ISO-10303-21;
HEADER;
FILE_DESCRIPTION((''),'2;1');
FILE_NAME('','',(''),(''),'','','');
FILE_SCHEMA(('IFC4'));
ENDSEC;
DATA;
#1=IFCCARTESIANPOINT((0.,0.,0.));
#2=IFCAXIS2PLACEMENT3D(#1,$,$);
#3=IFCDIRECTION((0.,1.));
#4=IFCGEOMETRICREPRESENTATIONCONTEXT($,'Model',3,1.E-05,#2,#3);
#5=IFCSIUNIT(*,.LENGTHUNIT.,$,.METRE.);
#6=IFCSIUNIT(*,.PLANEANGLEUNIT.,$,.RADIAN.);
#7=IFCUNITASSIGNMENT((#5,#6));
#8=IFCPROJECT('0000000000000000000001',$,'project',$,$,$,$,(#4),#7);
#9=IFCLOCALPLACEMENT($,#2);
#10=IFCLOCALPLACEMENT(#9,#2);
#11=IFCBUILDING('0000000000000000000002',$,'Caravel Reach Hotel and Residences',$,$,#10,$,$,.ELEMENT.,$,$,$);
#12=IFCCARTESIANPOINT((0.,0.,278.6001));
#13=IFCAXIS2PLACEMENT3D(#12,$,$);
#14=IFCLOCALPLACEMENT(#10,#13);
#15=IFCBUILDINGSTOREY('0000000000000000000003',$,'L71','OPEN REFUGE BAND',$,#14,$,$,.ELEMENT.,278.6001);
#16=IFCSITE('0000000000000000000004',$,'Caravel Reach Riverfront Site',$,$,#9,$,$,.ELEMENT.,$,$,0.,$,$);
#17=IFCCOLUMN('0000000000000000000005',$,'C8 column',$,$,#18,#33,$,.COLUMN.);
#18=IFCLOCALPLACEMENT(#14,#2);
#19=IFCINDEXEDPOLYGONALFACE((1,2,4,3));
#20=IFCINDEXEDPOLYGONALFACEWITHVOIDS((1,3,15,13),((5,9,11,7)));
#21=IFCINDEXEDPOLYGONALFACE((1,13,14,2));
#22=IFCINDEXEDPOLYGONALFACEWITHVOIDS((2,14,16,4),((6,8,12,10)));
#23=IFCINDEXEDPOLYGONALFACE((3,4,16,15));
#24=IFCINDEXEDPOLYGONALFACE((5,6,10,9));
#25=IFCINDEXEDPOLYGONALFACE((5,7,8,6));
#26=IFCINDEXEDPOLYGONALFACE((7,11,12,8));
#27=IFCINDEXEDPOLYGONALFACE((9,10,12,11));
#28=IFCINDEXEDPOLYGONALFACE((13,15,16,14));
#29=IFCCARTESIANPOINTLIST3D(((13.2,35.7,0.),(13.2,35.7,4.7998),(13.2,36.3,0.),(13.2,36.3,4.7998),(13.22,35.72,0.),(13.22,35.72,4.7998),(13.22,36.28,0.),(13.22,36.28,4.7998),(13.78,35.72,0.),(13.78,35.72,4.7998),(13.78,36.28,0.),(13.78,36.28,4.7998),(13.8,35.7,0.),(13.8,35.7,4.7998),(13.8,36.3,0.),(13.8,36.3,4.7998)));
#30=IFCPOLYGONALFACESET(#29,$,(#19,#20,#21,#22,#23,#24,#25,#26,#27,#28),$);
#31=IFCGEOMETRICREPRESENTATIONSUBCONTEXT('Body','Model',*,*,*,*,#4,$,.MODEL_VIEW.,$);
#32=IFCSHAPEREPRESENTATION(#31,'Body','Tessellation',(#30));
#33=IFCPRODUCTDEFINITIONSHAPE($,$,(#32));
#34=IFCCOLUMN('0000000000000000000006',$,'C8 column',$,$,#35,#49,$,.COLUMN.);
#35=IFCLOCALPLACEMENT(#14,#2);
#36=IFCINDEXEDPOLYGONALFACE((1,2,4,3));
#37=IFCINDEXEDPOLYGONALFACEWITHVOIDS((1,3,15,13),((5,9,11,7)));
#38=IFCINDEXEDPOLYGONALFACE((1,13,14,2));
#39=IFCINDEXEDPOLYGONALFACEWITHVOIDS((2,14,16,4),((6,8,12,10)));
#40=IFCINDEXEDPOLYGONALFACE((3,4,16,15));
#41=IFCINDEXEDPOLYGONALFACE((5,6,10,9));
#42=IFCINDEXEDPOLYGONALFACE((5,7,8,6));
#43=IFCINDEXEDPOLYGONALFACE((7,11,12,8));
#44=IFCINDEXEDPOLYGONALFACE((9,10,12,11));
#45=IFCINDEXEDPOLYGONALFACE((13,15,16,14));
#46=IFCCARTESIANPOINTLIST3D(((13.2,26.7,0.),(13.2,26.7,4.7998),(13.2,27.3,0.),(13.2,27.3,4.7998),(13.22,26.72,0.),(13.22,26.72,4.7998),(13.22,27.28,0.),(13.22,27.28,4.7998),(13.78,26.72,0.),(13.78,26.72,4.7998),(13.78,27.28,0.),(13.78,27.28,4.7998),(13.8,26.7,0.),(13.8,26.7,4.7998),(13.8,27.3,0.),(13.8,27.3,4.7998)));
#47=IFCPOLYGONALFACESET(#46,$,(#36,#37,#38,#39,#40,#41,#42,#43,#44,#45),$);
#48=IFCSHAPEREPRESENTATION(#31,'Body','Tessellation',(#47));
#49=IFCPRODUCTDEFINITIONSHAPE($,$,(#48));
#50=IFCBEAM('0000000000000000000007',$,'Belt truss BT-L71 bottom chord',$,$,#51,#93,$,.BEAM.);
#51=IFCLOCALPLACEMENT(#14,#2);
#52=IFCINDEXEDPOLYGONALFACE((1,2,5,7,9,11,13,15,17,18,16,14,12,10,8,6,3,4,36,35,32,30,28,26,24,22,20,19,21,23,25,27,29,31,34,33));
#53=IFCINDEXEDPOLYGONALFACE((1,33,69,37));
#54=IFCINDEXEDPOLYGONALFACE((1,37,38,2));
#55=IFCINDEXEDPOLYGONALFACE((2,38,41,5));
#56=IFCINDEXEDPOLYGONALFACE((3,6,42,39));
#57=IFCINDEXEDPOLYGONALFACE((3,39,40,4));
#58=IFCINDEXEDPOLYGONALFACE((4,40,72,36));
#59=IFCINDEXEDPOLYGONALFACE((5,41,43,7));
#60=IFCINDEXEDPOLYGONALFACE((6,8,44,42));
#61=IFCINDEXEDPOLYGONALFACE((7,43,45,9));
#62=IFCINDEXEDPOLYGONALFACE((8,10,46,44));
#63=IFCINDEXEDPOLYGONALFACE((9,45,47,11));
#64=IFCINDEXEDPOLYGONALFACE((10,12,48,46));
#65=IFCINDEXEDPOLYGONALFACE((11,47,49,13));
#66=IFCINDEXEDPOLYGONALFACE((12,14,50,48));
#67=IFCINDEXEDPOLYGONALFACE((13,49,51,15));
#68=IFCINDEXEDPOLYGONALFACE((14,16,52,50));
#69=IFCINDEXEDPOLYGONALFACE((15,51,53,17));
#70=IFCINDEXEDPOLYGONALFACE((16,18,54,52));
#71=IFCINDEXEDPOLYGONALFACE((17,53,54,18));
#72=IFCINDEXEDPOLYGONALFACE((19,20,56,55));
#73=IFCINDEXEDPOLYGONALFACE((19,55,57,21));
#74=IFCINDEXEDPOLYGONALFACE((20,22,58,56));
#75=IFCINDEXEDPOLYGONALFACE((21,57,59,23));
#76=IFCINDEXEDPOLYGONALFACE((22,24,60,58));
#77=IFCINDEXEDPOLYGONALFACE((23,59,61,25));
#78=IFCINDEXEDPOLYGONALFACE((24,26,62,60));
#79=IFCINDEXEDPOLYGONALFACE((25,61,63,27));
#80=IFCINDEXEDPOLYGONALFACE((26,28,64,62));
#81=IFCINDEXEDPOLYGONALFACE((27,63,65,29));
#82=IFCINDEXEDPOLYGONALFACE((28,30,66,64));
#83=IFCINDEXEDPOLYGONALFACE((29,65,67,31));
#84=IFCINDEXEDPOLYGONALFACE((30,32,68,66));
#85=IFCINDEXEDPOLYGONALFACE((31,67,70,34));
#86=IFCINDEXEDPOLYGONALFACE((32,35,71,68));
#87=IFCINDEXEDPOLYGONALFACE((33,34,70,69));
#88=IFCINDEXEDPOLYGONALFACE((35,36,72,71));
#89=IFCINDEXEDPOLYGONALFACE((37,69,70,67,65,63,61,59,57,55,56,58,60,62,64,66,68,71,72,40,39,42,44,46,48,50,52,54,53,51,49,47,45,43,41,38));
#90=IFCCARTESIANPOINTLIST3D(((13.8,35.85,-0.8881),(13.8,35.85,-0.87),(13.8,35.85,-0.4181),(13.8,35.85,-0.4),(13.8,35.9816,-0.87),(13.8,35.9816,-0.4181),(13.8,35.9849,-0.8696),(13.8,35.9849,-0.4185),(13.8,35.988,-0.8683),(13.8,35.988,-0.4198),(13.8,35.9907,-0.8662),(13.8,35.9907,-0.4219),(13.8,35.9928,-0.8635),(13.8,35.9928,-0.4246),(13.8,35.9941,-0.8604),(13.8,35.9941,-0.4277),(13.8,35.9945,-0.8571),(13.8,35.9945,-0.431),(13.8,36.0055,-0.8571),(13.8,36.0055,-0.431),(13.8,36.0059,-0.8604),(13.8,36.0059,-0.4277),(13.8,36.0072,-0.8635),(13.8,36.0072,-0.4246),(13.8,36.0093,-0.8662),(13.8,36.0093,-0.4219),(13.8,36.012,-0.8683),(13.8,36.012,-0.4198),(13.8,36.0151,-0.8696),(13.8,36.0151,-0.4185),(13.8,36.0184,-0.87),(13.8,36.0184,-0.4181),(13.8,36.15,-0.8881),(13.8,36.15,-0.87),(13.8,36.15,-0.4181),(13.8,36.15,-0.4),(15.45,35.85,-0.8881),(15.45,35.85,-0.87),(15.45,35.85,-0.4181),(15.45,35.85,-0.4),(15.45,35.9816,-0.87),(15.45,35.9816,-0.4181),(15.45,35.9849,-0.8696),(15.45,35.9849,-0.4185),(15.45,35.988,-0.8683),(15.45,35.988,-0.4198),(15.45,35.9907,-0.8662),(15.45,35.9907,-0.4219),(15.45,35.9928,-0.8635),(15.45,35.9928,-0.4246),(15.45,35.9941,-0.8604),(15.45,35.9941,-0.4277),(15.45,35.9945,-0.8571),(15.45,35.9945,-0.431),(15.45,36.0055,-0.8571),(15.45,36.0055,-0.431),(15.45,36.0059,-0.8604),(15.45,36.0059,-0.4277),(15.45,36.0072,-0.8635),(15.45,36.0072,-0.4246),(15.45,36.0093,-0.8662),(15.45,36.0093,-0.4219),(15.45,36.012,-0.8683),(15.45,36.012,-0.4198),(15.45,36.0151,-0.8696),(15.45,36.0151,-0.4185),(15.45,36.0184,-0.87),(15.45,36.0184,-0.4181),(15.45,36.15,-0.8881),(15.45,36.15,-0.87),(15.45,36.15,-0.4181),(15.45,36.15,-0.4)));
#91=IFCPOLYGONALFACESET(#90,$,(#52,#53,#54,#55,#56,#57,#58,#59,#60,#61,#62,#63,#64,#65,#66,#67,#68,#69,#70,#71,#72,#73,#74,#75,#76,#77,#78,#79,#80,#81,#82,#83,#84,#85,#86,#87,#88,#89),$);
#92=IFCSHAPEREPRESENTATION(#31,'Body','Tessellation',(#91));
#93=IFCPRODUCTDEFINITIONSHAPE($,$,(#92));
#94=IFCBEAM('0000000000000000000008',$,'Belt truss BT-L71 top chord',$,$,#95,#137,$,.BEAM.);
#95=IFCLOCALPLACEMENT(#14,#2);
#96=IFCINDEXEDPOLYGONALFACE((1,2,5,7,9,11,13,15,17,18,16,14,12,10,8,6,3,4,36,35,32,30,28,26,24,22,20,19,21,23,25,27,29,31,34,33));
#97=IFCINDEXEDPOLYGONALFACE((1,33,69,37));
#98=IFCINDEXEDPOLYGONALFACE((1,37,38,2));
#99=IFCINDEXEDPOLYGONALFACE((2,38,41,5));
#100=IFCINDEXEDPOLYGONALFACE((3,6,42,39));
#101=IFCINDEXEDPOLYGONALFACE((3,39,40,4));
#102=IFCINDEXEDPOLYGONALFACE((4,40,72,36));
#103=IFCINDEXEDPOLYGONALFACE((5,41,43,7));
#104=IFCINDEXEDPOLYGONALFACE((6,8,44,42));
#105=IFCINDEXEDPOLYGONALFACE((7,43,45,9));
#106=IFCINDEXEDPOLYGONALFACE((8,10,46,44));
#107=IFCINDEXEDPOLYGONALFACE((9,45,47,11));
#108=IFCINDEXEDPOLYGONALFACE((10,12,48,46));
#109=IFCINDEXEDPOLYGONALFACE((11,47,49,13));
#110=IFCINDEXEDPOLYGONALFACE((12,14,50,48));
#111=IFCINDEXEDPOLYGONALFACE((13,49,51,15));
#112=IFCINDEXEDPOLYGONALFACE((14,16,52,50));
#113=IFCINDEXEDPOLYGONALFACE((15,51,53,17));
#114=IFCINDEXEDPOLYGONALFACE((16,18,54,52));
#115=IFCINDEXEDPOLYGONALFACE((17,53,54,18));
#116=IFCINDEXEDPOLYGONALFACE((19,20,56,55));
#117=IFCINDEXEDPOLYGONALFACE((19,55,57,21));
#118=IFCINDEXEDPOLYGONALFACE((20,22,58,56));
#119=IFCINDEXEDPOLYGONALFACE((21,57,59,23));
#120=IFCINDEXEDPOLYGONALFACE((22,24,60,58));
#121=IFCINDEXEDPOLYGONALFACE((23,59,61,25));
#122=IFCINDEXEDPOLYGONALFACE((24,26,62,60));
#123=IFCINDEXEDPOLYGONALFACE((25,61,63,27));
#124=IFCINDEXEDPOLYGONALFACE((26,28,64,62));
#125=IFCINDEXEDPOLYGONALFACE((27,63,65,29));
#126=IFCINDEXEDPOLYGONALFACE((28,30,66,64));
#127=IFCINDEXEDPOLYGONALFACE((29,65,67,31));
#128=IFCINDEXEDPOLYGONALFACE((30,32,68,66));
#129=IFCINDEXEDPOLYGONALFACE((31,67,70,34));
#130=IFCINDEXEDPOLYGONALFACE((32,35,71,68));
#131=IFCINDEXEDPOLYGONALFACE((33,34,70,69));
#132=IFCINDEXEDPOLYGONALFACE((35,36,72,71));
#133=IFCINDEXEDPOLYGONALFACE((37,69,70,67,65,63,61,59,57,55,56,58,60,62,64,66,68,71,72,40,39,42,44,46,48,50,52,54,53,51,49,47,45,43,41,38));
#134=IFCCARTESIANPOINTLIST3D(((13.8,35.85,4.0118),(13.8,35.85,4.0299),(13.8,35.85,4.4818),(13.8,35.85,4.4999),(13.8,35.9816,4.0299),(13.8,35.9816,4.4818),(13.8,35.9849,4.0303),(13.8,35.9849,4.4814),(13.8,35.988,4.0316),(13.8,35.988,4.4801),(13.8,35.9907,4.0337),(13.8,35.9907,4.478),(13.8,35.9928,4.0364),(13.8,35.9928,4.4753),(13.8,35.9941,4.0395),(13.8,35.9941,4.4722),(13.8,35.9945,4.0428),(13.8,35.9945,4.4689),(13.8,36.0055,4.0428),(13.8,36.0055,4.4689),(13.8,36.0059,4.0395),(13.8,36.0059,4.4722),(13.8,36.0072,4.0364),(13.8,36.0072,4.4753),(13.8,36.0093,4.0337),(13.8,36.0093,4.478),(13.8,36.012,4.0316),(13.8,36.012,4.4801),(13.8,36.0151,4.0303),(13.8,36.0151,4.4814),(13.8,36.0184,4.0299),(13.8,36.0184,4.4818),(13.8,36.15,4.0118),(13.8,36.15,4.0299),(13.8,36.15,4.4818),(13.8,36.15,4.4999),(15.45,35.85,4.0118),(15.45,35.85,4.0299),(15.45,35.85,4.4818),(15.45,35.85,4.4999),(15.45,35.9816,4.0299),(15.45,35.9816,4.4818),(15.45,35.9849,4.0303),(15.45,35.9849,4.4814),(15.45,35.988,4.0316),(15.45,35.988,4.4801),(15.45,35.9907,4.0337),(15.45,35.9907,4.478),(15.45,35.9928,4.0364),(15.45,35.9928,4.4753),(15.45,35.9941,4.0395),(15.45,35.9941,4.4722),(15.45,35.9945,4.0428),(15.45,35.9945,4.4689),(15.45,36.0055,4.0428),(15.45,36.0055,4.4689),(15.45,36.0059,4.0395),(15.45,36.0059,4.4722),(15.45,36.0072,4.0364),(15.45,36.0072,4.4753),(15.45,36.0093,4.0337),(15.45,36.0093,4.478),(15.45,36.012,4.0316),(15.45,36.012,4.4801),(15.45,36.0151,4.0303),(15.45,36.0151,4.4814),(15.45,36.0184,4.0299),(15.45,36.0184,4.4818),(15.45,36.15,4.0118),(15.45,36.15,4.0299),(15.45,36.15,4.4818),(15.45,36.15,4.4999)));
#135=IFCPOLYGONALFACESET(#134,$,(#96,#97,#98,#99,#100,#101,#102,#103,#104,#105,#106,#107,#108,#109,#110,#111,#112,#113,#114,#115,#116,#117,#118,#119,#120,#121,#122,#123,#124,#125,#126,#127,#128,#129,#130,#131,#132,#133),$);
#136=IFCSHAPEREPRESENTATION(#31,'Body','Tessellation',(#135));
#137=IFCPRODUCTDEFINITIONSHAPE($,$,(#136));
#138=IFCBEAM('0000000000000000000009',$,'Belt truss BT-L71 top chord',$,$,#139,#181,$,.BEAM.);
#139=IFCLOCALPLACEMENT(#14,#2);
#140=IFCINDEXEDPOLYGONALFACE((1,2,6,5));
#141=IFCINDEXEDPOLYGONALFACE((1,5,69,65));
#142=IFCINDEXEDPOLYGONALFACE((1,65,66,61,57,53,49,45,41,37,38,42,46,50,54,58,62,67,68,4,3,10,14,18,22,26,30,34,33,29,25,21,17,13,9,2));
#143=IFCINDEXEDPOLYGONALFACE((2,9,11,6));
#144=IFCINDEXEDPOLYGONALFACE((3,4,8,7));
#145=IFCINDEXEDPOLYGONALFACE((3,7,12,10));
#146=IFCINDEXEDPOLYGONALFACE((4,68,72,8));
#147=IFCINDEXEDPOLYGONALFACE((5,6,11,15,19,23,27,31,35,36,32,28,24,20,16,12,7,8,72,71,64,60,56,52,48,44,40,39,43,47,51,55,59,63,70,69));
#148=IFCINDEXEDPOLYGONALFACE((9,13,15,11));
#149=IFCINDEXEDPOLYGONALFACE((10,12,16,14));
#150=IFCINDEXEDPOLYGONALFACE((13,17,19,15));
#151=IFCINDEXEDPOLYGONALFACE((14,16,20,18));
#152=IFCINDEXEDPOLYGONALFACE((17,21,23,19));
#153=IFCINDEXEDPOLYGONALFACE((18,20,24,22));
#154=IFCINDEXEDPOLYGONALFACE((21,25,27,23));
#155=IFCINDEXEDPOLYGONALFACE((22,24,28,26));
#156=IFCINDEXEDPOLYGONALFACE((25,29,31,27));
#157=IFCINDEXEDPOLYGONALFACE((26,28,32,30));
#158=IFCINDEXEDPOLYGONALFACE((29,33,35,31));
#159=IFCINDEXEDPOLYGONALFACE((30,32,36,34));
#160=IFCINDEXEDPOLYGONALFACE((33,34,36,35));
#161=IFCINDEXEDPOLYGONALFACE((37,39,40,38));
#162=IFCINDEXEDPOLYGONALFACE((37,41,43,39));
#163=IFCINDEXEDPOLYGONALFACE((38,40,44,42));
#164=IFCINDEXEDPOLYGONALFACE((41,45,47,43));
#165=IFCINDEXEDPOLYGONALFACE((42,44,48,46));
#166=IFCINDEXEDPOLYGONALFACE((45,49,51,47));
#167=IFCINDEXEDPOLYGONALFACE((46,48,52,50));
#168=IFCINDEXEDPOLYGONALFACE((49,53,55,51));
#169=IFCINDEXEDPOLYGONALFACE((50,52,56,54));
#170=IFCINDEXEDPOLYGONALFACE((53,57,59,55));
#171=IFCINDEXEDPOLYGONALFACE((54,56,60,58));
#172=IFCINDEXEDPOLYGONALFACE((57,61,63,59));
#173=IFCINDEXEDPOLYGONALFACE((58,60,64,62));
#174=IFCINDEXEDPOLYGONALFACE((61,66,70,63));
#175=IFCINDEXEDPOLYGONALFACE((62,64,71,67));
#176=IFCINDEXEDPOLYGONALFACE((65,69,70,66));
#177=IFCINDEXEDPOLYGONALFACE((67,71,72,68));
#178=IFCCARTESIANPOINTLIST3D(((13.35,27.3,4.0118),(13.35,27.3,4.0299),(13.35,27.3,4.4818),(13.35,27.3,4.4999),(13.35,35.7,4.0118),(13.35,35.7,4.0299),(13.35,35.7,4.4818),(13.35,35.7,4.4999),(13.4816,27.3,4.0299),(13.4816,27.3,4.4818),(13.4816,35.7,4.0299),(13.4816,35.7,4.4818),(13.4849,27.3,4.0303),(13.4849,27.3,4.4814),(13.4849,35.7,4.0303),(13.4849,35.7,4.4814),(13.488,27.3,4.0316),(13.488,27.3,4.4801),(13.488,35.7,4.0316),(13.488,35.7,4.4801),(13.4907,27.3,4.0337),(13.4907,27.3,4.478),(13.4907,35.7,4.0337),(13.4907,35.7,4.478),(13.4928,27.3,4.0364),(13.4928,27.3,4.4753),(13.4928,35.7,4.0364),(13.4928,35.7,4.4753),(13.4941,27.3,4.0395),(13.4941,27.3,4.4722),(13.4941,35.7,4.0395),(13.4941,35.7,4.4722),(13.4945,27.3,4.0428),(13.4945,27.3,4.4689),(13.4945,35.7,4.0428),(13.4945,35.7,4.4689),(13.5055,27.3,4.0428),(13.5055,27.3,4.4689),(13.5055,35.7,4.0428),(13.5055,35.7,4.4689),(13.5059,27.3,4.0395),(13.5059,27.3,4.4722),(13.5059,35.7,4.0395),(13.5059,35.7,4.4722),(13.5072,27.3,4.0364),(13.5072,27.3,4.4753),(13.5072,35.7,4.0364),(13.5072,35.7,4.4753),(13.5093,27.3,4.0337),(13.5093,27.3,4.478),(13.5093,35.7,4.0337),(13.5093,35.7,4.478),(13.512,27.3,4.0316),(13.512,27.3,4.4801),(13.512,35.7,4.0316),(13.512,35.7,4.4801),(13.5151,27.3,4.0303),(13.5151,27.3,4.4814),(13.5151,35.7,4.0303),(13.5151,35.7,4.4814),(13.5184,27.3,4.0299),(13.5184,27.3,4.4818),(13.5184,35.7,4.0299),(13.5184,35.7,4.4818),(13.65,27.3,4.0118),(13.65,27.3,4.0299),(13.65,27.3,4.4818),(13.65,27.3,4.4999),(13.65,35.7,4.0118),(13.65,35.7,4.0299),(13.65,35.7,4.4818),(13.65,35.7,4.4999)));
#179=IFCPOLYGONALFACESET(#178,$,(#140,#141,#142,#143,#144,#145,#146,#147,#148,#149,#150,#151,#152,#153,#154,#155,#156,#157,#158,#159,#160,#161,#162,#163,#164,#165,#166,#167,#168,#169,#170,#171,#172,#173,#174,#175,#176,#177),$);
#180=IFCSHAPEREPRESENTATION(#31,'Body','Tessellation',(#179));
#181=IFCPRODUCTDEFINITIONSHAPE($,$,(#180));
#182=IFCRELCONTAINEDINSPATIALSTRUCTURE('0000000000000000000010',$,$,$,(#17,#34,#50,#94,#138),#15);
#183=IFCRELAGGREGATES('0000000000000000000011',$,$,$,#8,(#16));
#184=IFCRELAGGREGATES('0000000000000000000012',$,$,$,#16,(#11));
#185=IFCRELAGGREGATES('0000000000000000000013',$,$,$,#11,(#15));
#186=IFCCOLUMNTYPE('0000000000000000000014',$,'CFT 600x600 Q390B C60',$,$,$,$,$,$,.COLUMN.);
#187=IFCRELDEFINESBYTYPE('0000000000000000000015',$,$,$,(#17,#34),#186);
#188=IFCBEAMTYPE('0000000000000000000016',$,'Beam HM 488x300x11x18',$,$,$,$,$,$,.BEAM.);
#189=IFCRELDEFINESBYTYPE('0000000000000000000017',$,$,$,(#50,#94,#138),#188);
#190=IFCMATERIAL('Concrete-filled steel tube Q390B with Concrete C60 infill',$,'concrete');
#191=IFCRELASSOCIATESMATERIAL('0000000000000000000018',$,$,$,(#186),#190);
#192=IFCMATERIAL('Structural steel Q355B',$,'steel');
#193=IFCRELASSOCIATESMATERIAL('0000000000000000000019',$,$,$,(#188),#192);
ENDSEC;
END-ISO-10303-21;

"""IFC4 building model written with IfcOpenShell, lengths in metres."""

from ifc_helpers import new_model, si_unit, direction, frame, origin, origin_2d, place, context, subcontext, project, spatial, hollow_rectangle, i_section, extrude, material, material_profile, profile_set, type_object, element, save


model = new_model("IFC4")

# Units and contexts
model_context = context("Model", 3, precision=1e-05, world=origin(), true_north=direction((0.0, 1.0)))
body_context = subcontext(model_context, "Body", "Model", "MODEL_VIEW")
ifc_project = project(units=[si_unit("LENGTHUNIT", "METRE"), si_unit("PLANEANGLEUNIT", "RADIAN")], contexts=[model_context])

# Site, building, storey
site_placement = place(None, origin())
site = spatial("IfcSite", under=ifc_project, at=site_placement, Name="Caravel Reach Riverfront Site", CompositionType="ELEMENT", RefElevation=0.0)
building_placement = place(site_placement, origin())
building = spatial("IfcBuilding", under=site, at=building_placement, Name="Caravel Reach Hotel and Residences", CompositionType="ELEMENT")
storey_placement = place(building_placement, frame((0.0, 0.0, 278.6001)))
storey = spatial("IfcBuildingStorey", under=building, at=storey_placement, Name="L71", Description="OPEN REFUGE BAND", CompositionType="ELEMENT", Elevation=278.6001)

# Columns
ifc_material_1 = material(Name="Concrete-filled steel tube Q390B with Concrete C60 infill", Category="concrete")
ifc_material_profile_1 = material_profile(ifc_material_1, hollow_rectangle(XDim=0.6001, YDim=0.6001, WallThickness=0.02, at=origin_2d()), Name="RHS 600x600x20")
ifc_profile_set_1 = profile_set([ifc_material_profile_1], Name="Concrete-filled steel tube Q390B with Concrete C60 infill")
column_type = type_object("IfcColumnType", Name="CFT 600x600 Q390B C60", PredefinedType="COLUMN", material=ifc_profile_set_1)
for number, where, z_axis, x_axis, name in (
    (1, (13.5, 36.0, 0.0), (0.0, 0.0, 1.0), (1.0, 0.0, 0.0), "C8 column"),
    (2, (13.5, 27.0, 0.0), (0.0, 0.0, 1.0), (1.0, 0.0, 0.0), "C8 column"),
):
    element("IfcColumn", number, at=place(storey_placement, frame(where, z_axis=z_axis, x_axis=x_axis)), inside=storey, type_object=column_type, Name=name, PredefinedType="COLUMN", context=body_context, shape_type="SweptSolid", body=[
        extrude(hollow_rectangle(XDim=0.6001, YDim=0.6001, WallThickness=0.02, at=origin_2d()), origin(), (0.0, 0.0, 1.0), 4.7998),
    ])

# Beams
ifc_material_2 = material(Name="Structural steel Q355B", Category="steel")
ifc_material_profile_2 = material_profile(ifc_material_2, i_section(OverallWidth=0.3, OverallDepth=0.488, WebThickness=0.011, FlangeThickness=0.0181, FilletRadius=0.0129, at=origin_2d()), Name="HM 488x300x11x18")
ifc_profile_set_2 = profile_set([ifc_material_profile_2], Name="Structural steel Q355B")
beam_type_1 = type_object("IfcBeamType", Name="Beam HM 488x300x11x18", PredefinedType="BEAM", material=ifc_profile_set_2)
for number, where, z_axis, x_axis, name in (
    (3, (15.45, 36.0, -0.644), (-1.0, 0.0, 0.0), (0.0, -1.0, 0.0), "Belt truss BT-L71 bottom chord"),
    (4, (15.45, 36.0, 4.2559), (-1.0, 0.0, 0.0), (0.0, -1.0, 0.0), "Belt truss BT-L71 top chord"),
):
    element("IfcBeam", number, at=place(storey_placement, frame(where, z_axis=z_axis, x_axis=x_axis)), inside=storey, type_object=beam_type_1, Name=name, PredefinedType="BEAM", context=body_context, shape_type="SweptSolid", body=[
        extrude(i_section(OverallWidth=0.3, OverallDepth=0.488, WebThickness=0.011, FlangeThickness=0.0181, FilletRadius=0.0129, at=origin_2d()), origin(), (0.0, 0.0, 1.0), 1.6499),
    ])
for number, where, z_axis, x_axis, name in (
    (5, (13.5, 35.7, 4.2559), (0.0, -1.0, 0.0), (1.0, 0.0, 0.0), "Belt truss BT-L71 top chord"),
):
    element("IfcBeam", number, at=place(storey_placement, frame(where, z_axis=z_axis, x_axis=x_axis)), inside=storey, type_object=beam_type_1, Name=name, PredefinedType="BEAM", context=body_context, shape_type="SweptSolid", body=[
        extrude(i_section(OverallWidth=0.3, OverallDepth=0.488, WebThickness=0.011, FlangeThickness=0.0181, FilletRadius=0.0129, at=origin_2d()), origin(), (0.0, 0.0, 1.0), 8.3999),
    ])

save(model, "model.ifc")
